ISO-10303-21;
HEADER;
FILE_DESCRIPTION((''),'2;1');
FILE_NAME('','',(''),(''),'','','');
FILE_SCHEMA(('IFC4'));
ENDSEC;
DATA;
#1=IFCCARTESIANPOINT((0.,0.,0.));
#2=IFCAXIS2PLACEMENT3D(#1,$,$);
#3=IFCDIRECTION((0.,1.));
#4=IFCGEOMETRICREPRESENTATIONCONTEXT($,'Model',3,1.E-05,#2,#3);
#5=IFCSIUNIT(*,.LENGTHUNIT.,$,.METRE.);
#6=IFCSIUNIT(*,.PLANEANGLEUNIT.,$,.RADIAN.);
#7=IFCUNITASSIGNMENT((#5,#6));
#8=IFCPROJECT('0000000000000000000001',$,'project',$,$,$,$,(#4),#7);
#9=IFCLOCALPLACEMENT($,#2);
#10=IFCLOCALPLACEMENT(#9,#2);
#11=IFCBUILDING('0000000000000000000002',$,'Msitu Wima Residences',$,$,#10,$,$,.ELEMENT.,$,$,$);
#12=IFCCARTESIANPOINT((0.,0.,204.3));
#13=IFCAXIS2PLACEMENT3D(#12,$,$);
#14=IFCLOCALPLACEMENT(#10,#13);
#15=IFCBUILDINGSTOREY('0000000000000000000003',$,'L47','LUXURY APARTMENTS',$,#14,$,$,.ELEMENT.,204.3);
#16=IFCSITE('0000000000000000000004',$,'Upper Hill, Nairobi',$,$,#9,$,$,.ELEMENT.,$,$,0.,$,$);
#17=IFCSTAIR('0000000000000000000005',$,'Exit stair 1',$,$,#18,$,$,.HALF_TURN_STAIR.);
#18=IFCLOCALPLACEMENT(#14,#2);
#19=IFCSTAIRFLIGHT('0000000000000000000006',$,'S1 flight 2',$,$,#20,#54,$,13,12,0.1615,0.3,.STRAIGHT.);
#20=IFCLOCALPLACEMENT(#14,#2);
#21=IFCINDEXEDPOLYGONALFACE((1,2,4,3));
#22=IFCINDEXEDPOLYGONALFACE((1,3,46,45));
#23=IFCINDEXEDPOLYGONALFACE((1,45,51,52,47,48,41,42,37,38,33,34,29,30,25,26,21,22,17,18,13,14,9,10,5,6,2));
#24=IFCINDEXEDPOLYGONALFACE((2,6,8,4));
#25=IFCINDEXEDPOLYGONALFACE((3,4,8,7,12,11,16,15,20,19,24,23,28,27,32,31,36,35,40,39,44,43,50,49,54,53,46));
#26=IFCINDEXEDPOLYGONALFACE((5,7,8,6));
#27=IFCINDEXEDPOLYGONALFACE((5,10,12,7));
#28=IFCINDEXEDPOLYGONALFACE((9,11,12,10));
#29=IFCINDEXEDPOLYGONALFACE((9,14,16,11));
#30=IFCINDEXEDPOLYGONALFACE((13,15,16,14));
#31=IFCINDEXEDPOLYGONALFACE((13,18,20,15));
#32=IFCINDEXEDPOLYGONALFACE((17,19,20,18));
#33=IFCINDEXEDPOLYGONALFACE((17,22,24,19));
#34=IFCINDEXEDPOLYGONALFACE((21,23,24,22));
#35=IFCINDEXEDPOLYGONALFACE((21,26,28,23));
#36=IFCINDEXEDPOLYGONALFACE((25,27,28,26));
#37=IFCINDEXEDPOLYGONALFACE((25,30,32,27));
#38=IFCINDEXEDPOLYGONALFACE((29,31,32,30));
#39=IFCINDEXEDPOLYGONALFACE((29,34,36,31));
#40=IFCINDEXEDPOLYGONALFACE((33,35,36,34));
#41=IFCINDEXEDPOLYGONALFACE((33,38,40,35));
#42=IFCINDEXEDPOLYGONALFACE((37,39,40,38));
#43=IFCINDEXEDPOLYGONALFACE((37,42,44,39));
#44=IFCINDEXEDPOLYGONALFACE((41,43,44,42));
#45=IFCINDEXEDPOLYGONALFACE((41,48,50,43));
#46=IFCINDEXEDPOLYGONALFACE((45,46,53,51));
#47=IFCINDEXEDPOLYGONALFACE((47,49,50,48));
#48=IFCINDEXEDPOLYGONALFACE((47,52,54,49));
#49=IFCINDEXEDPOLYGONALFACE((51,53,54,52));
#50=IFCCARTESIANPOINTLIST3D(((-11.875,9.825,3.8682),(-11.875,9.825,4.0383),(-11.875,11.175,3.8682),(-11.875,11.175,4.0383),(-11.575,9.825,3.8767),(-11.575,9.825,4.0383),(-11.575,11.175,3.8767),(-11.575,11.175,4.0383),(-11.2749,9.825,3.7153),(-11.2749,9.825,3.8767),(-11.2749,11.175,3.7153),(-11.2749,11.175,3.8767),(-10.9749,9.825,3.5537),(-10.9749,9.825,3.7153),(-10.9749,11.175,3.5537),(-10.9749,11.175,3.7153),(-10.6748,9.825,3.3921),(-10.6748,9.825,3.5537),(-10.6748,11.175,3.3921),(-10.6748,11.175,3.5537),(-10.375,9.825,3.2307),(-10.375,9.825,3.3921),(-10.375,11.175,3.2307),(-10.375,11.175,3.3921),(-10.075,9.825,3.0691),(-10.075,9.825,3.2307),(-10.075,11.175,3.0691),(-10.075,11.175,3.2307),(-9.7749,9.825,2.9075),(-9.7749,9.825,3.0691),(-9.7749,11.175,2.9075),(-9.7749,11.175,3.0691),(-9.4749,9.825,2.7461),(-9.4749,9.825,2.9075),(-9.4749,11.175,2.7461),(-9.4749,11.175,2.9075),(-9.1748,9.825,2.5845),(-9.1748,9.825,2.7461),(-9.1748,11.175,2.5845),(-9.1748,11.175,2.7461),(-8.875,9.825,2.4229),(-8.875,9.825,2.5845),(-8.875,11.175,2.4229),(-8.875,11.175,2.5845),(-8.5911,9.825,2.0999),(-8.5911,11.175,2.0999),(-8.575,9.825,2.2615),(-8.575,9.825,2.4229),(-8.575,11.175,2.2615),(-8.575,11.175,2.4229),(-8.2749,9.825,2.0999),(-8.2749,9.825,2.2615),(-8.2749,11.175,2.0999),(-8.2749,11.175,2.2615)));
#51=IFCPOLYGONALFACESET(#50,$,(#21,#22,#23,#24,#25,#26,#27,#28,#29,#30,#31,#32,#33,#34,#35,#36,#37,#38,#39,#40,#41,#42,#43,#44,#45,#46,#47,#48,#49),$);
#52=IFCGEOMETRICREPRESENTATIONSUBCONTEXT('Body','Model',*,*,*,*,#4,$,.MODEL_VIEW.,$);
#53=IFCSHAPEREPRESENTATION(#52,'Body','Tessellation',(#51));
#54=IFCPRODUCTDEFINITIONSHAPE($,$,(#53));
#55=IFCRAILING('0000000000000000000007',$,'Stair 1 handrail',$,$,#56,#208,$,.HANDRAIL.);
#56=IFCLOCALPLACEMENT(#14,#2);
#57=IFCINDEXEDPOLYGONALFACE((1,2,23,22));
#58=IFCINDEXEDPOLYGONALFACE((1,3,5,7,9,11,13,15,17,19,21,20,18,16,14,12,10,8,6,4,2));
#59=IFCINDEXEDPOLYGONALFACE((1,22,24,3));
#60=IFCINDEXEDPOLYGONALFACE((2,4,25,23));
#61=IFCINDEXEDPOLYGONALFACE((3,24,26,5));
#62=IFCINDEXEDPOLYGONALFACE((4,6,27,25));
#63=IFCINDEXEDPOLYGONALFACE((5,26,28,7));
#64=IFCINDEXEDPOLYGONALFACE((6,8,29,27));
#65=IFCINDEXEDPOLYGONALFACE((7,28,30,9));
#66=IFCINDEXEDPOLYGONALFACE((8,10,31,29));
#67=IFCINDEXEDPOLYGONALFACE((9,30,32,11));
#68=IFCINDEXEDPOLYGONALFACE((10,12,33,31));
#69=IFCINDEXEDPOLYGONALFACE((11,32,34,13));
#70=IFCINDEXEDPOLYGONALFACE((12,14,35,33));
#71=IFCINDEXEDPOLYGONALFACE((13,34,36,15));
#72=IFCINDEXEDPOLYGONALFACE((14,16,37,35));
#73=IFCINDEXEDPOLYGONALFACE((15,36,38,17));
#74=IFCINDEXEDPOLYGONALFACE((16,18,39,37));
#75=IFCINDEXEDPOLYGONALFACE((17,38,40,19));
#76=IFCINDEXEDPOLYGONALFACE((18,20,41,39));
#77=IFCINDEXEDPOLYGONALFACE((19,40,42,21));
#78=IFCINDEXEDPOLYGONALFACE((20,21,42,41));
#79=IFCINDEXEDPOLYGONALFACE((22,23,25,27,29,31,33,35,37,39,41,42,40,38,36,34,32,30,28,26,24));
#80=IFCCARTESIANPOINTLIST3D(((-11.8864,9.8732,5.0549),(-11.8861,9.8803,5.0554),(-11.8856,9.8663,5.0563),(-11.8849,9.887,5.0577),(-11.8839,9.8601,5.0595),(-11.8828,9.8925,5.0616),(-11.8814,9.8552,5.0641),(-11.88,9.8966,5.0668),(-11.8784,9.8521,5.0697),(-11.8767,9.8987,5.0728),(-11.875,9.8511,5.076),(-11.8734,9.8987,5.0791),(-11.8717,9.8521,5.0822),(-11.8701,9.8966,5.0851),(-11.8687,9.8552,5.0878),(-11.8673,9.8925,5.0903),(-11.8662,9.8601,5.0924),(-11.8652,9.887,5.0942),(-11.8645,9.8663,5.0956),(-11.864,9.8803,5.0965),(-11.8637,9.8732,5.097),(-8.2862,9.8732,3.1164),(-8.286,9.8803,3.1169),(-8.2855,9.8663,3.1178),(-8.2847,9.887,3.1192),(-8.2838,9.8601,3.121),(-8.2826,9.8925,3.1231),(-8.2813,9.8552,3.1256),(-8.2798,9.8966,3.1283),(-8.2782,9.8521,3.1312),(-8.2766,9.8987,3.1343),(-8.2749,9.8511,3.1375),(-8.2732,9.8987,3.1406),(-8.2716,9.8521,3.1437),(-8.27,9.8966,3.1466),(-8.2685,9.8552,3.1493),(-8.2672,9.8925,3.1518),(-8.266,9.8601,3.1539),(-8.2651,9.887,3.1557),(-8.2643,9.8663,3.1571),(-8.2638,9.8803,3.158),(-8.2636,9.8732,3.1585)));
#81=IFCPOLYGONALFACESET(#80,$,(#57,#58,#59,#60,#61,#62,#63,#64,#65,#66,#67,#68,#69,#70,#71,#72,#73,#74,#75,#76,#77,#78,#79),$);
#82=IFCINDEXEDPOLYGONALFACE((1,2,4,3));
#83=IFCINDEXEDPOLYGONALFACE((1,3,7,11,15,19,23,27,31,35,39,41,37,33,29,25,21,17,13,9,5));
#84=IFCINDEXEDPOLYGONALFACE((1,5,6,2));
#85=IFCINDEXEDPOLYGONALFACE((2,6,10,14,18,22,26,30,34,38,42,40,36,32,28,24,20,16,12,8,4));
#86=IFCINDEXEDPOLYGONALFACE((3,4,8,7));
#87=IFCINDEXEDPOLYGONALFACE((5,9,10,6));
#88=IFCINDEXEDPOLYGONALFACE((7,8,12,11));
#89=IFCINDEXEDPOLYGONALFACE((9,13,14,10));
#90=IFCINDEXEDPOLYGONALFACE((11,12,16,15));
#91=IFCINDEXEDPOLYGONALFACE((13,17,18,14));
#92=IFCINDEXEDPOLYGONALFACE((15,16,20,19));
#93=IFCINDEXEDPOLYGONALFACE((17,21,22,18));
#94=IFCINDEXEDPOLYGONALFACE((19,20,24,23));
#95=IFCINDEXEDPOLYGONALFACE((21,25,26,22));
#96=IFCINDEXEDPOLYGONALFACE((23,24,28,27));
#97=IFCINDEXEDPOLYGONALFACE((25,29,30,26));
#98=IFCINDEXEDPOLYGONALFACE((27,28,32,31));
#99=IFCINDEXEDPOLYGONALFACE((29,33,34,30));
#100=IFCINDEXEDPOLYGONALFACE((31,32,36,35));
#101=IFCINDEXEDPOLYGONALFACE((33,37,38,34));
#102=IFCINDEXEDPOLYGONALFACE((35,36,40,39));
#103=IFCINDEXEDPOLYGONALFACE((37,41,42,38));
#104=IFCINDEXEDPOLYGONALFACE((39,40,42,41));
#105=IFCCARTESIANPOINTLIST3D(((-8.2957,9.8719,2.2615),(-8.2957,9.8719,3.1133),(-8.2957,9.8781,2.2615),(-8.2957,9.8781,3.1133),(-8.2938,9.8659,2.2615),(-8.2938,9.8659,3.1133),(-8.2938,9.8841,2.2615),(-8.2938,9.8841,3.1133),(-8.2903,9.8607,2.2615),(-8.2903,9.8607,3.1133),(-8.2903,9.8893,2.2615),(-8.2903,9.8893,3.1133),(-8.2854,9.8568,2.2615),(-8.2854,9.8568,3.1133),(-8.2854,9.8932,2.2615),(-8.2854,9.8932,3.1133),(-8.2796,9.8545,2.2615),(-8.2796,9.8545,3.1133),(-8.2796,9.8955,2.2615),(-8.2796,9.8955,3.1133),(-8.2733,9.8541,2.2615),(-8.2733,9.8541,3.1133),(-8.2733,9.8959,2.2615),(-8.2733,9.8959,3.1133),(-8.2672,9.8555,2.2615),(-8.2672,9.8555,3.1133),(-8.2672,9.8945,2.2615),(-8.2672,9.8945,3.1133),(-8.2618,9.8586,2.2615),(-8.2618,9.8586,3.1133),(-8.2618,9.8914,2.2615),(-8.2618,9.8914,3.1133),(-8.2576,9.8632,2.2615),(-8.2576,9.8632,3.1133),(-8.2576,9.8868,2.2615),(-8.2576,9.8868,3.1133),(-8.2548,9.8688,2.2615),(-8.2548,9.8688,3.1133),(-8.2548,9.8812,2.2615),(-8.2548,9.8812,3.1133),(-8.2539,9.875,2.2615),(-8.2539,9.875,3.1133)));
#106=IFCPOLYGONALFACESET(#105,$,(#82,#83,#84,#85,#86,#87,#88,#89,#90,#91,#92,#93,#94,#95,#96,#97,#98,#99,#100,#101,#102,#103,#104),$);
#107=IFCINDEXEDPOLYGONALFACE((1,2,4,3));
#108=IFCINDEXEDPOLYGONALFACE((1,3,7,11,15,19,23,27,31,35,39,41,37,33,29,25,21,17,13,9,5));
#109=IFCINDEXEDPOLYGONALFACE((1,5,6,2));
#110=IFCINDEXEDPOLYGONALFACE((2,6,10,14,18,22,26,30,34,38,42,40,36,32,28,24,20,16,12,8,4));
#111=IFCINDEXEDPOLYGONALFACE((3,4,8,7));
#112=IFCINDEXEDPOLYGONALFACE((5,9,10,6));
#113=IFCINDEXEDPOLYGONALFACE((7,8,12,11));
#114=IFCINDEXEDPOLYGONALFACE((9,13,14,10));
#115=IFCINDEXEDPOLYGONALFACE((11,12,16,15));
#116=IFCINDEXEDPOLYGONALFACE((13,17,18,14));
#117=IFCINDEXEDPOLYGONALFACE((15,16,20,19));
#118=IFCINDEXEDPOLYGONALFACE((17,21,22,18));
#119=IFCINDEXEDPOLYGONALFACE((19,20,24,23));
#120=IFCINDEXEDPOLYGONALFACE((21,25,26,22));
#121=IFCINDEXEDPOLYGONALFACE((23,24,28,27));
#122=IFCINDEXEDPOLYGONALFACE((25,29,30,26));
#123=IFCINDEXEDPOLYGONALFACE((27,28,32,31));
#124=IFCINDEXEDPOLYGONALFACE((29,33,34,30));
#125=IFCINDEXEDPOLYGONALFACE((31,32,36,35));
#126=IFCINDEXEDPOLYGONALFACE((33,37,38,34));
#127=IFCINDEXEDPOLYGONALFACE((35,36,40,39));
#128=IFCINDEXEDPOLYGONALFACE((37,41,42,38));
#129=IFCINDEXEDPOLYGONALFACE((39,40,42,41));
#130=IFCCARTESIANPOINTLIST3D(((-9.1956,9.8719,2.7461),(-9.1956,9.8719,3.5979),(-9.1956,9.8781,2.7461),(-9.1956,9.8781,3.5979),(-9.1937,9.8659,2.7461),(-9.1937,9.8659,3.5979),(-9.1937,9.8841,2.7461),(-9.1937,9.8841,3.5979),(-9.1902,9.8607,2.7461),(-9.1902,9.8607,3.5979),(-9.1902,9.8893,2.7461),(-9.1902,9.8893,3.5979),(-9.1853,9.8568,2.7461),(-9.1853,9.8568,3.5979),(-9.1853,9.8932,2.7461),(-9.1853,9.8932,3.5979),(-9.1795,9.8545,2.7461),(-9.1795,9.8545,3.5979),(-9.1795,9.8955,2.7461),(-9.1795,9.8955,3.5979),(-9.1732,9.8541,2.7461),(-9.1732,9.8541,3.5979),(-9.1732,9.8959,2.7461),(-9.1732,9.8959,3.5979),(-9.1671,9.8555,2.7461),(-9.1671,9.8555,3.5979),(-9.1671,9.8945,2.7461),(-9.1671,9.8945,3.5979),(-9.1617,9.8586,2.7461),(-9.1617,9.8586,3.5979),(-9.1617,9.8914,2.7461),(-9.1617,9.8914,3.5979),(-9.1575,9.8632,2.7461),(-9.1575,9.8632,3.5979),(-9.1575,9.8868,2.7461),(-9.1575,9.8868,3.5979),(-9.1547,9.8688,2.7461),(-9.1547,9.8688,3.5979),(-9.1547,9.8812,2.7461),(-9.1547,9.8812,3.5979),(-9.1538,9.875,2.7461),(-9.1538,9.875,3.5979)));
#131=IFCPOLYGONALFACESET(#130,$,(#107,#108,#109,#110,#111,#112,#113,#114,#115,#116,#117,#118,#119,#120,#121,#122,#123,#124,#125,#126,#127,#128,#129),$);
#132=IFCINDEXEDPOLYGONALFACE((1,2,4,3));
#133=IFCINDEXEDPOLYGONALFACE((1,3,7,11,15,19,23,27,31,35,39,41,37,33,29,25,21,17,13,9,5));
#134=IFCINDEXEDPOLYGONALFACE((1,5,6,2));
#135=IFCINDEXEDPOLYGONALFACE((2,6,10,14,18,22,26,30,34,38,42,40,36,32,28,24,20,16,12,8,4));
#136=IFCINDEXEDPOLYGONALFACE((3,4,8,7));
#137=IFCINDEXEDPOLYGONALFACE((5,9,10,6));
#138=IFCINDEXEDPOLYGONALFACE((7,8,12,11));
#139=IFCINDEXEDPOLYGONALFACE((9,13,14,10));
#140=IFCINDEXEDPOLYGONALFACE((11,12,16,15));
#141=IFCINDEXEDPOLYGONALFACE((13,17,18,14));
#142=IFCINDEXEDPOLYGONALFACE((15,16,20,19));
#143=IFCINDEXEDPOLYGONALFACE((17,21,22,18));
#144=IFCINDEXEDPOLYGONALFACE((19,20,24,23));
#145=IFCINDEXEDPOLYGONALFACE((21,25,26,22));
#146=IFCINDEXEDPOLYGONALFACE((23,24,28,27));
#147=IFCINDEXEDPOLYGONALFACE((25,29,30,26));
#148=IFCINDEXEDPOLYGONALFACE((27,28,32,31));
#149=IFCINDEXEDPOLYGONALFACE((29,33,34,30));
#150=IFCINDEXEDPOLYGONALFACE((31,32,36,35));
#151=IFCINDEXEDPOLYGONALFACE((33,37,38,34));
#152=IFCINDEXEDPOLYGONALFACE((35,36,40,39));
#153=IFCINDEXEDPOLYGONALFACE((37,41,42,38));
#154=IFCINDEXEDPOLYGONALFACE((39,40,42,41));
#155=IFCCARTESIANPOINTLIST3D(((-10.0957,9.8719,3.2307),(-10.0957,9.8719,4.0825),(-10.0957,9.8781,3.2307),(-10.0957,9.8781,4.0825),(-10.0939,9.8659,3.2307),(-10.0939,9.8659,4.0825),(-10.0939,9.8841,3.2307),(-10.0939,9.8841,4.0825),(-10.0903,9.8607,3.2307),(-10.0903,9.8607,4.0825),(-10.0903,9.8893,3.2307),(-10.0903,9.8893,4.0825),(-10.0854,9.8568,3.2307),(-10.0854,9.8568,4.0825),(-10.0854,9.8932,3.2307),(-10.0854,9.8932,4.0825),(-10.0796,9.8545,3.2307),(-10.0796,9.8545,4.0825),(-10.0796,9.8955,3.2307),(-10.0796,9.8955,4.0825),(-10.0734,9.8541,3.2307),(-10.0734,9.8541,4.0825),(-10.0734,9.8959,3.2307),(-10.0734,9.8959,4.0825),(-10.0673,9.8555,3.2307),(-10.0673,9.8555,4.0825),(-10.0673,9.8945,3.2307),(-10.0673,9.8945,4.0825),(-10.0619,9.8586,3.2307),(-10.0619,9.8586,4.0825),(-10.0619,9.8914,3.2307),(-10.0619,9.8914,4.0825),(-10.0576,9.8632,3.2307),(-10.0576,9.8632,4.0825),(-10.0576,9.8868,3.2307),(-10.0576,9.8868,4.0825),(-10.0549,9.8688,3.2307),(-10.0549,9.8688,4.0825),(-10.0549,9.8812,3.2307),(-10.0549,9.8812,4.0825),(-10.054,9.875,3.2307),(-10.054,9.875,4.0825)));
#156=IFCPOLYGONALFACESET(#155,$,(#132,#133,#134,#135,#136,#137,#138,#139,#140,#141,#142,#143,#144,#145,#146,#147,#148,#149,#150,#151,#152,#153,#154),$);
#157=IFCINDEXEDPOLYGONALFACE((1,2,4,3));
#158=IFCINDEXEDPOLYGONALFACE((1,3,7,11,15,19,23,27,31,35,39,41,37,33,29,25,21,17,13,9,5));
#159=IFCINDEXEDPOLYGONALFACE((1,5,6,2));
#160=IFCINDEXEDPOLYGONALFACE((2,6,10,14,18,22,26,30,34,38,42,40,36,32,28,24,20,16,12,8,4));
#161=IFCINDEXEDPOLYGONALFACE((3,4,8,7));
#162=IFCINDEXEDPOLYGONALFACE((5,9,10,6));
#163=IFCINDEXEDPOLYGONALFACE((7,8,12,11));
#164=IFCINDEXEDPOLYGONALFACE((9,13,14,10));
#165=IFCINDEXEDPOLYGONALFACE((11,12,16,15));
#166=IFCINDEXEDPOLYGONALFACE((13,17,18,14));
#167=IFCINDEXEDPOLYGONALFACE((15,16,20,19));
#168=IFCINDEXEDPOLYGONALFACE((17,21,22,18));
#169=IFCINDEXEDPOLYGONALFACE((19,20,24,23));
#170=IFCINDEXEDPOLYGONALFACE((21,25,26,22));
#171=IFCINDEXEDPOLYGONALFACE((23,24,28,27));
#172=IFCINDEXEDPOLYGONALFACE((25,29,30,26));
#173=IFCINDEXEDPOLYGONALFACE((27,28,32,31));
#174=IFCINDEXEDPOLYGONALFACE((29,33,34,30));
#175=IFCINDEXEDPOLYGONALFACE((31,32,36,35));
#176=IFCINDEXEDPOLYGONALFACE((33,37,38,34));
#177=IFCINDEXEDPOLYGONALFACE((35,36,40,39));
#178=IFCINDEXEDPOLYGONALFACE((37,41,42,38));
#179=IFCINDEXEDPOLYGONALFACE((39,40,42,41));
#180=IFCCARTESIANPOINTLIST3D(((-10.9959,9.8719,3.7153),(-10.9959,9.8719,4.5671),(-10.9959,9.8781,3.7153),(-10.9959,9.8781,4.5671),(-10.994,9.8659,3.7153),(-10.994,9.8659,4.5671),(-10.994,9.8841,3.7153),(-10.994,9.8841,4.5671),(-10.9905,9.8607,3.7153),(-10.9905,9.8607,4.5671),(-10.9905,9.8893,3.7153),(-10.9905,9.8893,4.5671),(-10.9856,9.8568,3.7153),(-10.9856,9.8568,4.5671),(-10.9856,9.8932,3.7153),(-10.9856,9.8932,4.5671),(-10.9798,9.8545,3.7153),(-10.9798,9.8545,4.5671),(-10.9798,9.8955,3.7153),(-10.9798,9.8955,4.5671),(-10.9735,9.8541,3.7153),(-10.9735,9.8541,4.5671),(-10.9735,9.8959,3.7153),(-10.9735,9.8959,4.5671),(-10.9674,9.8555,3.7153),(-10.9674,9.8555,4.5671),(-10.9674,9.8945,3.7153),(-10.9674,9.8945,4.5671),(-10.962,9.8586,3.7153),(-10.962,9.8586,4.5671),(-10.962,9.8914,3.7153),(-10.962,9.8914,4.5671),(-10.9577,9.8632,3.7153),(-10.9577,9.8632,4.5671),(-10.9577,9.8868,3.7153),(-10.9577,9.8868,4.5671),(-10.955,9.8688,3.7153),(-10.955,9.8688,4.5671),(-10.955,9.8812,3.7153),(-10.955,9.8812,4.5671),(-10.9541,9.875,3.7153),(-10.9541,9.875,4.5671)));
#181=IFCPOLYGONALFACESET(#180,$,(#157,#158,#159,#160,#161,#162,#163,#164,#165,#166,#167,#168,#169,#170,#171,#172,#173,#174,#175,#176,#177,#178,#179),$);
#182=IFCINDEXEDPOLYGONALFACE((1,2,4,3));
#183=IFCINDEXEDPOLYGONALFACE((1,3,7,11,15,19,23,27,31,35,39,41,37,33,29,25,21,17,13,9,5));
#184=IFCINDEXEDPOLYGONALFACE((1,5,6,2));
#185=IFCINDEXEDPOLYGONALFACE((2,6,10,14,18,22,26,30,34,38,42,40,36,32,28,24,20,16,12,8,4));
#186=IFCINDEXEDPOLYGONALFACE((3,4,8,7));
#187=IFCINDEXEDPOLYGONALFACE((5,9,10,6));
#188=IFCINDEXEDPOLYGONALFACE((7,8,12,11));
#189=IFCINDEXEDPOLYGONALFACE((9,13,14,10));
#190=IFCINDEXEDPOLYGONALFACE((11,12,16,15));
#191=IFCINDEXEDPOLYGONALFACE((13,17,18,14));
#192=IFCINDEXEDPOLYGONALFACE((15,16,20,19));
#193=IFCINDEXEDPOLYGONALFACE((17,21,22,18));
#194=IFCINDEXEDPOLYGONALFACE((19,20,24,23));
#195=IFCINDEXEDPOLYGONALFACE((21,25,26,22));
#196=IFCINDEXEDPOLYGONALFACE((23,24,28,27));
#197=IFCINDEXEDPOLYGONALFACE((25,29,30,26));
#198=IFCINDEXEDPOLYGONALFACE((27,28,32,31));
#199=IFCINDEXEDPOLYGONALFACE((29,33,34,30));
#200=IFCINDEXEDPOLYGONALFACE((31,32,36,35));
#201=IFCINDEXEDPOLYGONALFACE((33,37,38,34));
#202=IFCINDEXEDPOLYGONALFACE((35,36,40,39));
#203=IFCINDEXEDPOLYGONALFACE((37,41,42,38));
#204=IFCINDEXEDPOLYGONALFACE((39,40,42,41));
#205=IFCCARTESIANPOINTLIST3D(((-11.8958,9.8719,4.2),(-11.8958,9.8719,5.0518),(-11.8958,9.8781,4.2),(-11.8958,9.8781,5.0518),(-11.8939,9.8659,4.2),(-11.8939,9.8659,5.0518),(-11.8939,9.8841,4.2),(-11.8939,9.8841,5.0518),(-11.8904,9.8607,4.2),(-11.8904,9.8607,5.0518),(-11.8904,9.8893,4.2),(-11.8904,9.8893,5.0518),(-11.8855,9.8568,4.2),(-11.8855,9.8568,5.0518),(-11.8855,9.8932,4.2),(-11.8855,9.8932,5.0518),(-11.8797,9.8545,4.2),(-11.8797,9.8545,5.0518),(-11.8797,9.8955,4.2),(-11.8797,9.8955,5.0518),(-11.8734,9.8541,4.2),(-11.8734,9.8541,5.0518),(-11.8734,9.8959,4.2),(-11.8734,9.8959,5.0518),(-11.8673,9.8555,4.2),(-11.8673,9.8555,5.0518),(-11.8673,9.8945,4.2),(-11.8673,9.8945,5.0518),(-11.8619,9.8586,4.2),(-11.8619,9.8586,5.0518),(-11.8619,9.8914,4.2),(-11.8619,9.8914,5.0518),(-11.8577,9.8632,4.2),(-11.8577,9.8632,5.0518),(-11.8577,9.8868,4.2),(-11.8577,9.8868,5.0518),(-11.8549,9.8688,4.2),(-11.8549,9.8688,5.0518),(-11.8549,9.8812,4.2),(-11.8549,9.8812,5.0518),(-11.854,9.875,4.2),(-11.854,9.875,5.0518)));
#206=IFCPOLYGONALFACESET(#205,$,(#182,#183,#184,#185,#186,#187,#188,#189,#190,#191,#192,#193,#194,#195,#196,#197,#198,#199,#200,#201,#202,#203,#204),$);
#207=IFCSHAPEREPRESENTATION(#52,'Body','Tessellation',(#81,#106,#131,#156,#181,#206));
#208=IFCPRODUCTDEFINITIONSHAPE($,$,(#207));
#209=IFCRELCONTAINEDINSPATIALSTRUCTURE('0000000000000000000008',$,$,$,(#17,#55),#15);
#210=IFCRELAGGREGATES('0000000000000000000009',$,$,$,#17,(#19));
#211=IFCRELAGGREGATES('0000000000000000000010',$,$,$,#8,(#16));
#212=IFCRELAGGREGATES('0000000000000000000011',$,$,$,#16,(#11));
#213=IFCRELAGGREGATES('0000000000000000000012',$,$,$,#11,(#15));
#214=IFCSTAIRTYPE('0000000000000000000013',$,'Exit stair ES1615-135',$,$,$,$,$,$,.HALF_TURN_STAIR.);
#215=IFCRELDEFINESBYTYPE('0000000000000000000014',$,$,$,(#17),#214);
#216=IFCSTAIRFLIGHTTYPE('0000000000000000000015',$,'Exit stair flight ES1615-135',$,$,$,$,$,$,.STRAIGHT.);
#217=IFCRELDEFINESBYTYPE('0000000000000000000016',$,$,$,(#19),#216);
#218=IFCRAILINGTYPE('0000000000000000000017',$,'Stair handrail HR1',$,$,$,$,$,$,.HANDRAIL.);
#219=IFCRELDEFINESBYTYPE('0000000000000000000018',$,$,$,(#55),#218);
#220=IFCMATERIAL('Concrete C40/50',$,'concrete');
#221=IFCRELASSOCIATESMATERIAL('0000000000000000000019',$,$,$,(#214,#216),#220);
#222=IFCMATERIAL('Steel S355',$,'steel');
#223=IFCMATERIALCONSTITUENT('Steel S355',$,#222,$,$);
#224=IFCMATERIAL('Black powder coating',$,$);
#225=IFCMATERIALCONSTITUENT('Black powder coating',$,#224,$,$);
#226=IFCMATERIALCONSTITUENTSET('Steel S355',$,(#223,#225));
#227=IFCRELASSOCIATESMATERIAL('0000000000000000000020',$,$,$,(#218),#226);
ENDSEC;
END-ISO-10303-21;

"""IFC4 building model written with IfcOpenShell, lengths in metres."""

from ifc_helpers import new_model, si_unit, direction, frame, origin, origin_2d, place, context, subcontext, project, spatial, polyline, circle, outline, extrude, material, constituent, constituent_set, type_object, element, aggregate, save


model = new_model("IFC4")

# Units and contexts
model_context = context("Model", 3, precision=1e-05, world=origin(), true_north=direction((0.0, 1.0)))
body_context = subcontext(model_context, "Body", "Model", "MODEL_VIEW")
ifc_project = project(units=[si_unit("LENGTHUNIT", "METRE"), si_unit("PLANEANGLEUNIT", "RADIAN")], contexts=[model_context])

# Site, building, storey
site_placement = place(None, origin())
site = spatial("IfcSite", under=ifc_project, at=site_placement, Name="Upper Hill, Nairobi", CompositionType="ELEMENT", RefElevation=0.0)
building_placement = place(site_placement, origin())
building = spatial("IfcBuilding", under=site, at=building_placement, Name="Msitu Wima Residences", CompositionType="ELEMENT")
storey_placement = place(building_placement, frame((0.0, 0.0, 204.3)))
storey = spatial("IfcBuildingStorey", under=building, at=storey_placement, Name="L47", Description="LUXURY APARTMENTS", CompositionType="ELEMENT", Elevation=204.3)

# Shared definitions
ifc_material_1 = material(Name="Concrete C40/50", Category="concrete")

# Stair, stair flight
stair_type = type_object("IfcStairType", Name="Exit stair ES1615-135", PredefinedType="HALF_TURN_STAIR", material=ifc_material_1)
stair_placement = place(storey_placement, origin())
stair = element("IfcStair", 1, at=stair_placement, inside=storey, type_object=stair_type, Name="Exit stair 1", PredefinedType="HALF_TURN_STAIR")
stair_flight_type = type_object("IfcStairFlightType", Name="Exit stair flight ES1615-135", PredefinedType="STRAIGHT", material=ifc_material_1)
stair_flight_placement = place(storey_placement, frame((-8.2749, 10.5, 2.0999), z_axis=(0.0, 0.0, 1.0), x_axis=(-1.0, 0.0, 0.0)))
stair_flight = element("IfcStairFlight", 2, at=stair_flight_placement, type_object=stair_flight_type, Name="S1 flight 2", NumberOfRisers=13, NumberOfTreads=12, PredefinedType="STRAIGHT", RiserHeight=0.1615, TreadLength=0.3, context=body_context, shape_type="SweptSolid", body=[
    extrude(outline(polyline([(0.0, 0.0), (0.0, 0.1616), (0.3, 0.1616), (0.3, 0.323), (0.6001, 0.323), (0.6001, 0.4846), (0.8999, 0.4846), (0.8999, 0.6462), (1.2, 0.6462), (1.2, 0.8076), (1.5, 0.8076), (1.5, 0.9692), (1.8, 0.9692), (1.8, 1.1309), (2.1001, 1.1309), (2.1001, 1.2922), (2.3999, 1.2922), (2.3999, 1.4539), (2.7, 1.4539), (2.7, 1.6155), (3.0, 1.6155), (3.0, 1.7769), (3.3, 1.7769), (3.3, 1.9385), (3.6001, 1.9385), (3.6001, 2.1001), (3.6001, 1.7683), (0.3162, 0.0), (0.0, 0.0)])), frame((0.0, 0.675, 0.0), z_axis=(0.0, -1.0, 0.0), x_axis=(1.0, 0.0, 0.0)), (0.0, 0.0, 1.0), 1.3501),
])
aggregate(stair, [stair_flight])

# Railing
ifc_material_2 = material(Name="Steel S355", Category="steel")
ifc_constituent_1 = constituent(ifc_material_2, Name="Steel S355")
ifc_material_3 = material(Name="Black powder coating")
ifc_constituent_2 = constituent(ifc_material_3, Name="Black powder coating")
ifc_constituent_set_1 = constituent_set(constituents=[ifc_constituent_1, ifc_constituent_2], Name="Steel S355")
railing_type_1 = type_object("IfcRailingType", Name="Stair handrail HR1", PredefinedType="HANDRAIL", material=ifc_constituent_set_1)
for number, where, name in (
    (3, (-8.2749, 9.875, 2.2615), "Stair 1 handrail"),
):
    element("IfcRailing", number, at=place(storey_placement, frame(where)), inside=storey, type_object=railing_type_1, Name=name, PredefinedType="HANDRAIL", context=body_context, shape_type="SweptSolid", body=[
        extrude(circle(Radius=0.0239, at=origin_2d()), frame((0.0, 0.0, 0.876), z_axis=(-0.880475, 0.0, 0.474093), x_axis=(0.0, -1.0, 0.0)), (0.0, 0.0, 1.0), 4.0889),
        extrude(circle(Radius=0.021, at=origin_2d()), origin(), (0.0, 0.0, 1.0), 0.8518),
        extrude(circle(Radius=0.021, at=origin_2d()), frame((-0.8999, 0.0, 0.4846)), (0.0, 0.0, 1.0), 0.8518),
        extrude(circle(Radius=0.021, at=origin_2d()), frame((-1.8, 0.0, 0.9692)), (0.0, 0.0, 1.0), 0.8518),
        extrude(circle(Radius=0.021, at=origin_2d()), frame((-2.7002, 0.0, 1.4539)), (0.0, 0.0, 1.0), 0.8518),
        extrude(circle(Radius=0.021, at=origin_2d()), frame((-3.6001, 0.0, 1.9385)), (0.0, 0.0, 1.0), 0.8518),
    ])

save(model, "model.ifc")
